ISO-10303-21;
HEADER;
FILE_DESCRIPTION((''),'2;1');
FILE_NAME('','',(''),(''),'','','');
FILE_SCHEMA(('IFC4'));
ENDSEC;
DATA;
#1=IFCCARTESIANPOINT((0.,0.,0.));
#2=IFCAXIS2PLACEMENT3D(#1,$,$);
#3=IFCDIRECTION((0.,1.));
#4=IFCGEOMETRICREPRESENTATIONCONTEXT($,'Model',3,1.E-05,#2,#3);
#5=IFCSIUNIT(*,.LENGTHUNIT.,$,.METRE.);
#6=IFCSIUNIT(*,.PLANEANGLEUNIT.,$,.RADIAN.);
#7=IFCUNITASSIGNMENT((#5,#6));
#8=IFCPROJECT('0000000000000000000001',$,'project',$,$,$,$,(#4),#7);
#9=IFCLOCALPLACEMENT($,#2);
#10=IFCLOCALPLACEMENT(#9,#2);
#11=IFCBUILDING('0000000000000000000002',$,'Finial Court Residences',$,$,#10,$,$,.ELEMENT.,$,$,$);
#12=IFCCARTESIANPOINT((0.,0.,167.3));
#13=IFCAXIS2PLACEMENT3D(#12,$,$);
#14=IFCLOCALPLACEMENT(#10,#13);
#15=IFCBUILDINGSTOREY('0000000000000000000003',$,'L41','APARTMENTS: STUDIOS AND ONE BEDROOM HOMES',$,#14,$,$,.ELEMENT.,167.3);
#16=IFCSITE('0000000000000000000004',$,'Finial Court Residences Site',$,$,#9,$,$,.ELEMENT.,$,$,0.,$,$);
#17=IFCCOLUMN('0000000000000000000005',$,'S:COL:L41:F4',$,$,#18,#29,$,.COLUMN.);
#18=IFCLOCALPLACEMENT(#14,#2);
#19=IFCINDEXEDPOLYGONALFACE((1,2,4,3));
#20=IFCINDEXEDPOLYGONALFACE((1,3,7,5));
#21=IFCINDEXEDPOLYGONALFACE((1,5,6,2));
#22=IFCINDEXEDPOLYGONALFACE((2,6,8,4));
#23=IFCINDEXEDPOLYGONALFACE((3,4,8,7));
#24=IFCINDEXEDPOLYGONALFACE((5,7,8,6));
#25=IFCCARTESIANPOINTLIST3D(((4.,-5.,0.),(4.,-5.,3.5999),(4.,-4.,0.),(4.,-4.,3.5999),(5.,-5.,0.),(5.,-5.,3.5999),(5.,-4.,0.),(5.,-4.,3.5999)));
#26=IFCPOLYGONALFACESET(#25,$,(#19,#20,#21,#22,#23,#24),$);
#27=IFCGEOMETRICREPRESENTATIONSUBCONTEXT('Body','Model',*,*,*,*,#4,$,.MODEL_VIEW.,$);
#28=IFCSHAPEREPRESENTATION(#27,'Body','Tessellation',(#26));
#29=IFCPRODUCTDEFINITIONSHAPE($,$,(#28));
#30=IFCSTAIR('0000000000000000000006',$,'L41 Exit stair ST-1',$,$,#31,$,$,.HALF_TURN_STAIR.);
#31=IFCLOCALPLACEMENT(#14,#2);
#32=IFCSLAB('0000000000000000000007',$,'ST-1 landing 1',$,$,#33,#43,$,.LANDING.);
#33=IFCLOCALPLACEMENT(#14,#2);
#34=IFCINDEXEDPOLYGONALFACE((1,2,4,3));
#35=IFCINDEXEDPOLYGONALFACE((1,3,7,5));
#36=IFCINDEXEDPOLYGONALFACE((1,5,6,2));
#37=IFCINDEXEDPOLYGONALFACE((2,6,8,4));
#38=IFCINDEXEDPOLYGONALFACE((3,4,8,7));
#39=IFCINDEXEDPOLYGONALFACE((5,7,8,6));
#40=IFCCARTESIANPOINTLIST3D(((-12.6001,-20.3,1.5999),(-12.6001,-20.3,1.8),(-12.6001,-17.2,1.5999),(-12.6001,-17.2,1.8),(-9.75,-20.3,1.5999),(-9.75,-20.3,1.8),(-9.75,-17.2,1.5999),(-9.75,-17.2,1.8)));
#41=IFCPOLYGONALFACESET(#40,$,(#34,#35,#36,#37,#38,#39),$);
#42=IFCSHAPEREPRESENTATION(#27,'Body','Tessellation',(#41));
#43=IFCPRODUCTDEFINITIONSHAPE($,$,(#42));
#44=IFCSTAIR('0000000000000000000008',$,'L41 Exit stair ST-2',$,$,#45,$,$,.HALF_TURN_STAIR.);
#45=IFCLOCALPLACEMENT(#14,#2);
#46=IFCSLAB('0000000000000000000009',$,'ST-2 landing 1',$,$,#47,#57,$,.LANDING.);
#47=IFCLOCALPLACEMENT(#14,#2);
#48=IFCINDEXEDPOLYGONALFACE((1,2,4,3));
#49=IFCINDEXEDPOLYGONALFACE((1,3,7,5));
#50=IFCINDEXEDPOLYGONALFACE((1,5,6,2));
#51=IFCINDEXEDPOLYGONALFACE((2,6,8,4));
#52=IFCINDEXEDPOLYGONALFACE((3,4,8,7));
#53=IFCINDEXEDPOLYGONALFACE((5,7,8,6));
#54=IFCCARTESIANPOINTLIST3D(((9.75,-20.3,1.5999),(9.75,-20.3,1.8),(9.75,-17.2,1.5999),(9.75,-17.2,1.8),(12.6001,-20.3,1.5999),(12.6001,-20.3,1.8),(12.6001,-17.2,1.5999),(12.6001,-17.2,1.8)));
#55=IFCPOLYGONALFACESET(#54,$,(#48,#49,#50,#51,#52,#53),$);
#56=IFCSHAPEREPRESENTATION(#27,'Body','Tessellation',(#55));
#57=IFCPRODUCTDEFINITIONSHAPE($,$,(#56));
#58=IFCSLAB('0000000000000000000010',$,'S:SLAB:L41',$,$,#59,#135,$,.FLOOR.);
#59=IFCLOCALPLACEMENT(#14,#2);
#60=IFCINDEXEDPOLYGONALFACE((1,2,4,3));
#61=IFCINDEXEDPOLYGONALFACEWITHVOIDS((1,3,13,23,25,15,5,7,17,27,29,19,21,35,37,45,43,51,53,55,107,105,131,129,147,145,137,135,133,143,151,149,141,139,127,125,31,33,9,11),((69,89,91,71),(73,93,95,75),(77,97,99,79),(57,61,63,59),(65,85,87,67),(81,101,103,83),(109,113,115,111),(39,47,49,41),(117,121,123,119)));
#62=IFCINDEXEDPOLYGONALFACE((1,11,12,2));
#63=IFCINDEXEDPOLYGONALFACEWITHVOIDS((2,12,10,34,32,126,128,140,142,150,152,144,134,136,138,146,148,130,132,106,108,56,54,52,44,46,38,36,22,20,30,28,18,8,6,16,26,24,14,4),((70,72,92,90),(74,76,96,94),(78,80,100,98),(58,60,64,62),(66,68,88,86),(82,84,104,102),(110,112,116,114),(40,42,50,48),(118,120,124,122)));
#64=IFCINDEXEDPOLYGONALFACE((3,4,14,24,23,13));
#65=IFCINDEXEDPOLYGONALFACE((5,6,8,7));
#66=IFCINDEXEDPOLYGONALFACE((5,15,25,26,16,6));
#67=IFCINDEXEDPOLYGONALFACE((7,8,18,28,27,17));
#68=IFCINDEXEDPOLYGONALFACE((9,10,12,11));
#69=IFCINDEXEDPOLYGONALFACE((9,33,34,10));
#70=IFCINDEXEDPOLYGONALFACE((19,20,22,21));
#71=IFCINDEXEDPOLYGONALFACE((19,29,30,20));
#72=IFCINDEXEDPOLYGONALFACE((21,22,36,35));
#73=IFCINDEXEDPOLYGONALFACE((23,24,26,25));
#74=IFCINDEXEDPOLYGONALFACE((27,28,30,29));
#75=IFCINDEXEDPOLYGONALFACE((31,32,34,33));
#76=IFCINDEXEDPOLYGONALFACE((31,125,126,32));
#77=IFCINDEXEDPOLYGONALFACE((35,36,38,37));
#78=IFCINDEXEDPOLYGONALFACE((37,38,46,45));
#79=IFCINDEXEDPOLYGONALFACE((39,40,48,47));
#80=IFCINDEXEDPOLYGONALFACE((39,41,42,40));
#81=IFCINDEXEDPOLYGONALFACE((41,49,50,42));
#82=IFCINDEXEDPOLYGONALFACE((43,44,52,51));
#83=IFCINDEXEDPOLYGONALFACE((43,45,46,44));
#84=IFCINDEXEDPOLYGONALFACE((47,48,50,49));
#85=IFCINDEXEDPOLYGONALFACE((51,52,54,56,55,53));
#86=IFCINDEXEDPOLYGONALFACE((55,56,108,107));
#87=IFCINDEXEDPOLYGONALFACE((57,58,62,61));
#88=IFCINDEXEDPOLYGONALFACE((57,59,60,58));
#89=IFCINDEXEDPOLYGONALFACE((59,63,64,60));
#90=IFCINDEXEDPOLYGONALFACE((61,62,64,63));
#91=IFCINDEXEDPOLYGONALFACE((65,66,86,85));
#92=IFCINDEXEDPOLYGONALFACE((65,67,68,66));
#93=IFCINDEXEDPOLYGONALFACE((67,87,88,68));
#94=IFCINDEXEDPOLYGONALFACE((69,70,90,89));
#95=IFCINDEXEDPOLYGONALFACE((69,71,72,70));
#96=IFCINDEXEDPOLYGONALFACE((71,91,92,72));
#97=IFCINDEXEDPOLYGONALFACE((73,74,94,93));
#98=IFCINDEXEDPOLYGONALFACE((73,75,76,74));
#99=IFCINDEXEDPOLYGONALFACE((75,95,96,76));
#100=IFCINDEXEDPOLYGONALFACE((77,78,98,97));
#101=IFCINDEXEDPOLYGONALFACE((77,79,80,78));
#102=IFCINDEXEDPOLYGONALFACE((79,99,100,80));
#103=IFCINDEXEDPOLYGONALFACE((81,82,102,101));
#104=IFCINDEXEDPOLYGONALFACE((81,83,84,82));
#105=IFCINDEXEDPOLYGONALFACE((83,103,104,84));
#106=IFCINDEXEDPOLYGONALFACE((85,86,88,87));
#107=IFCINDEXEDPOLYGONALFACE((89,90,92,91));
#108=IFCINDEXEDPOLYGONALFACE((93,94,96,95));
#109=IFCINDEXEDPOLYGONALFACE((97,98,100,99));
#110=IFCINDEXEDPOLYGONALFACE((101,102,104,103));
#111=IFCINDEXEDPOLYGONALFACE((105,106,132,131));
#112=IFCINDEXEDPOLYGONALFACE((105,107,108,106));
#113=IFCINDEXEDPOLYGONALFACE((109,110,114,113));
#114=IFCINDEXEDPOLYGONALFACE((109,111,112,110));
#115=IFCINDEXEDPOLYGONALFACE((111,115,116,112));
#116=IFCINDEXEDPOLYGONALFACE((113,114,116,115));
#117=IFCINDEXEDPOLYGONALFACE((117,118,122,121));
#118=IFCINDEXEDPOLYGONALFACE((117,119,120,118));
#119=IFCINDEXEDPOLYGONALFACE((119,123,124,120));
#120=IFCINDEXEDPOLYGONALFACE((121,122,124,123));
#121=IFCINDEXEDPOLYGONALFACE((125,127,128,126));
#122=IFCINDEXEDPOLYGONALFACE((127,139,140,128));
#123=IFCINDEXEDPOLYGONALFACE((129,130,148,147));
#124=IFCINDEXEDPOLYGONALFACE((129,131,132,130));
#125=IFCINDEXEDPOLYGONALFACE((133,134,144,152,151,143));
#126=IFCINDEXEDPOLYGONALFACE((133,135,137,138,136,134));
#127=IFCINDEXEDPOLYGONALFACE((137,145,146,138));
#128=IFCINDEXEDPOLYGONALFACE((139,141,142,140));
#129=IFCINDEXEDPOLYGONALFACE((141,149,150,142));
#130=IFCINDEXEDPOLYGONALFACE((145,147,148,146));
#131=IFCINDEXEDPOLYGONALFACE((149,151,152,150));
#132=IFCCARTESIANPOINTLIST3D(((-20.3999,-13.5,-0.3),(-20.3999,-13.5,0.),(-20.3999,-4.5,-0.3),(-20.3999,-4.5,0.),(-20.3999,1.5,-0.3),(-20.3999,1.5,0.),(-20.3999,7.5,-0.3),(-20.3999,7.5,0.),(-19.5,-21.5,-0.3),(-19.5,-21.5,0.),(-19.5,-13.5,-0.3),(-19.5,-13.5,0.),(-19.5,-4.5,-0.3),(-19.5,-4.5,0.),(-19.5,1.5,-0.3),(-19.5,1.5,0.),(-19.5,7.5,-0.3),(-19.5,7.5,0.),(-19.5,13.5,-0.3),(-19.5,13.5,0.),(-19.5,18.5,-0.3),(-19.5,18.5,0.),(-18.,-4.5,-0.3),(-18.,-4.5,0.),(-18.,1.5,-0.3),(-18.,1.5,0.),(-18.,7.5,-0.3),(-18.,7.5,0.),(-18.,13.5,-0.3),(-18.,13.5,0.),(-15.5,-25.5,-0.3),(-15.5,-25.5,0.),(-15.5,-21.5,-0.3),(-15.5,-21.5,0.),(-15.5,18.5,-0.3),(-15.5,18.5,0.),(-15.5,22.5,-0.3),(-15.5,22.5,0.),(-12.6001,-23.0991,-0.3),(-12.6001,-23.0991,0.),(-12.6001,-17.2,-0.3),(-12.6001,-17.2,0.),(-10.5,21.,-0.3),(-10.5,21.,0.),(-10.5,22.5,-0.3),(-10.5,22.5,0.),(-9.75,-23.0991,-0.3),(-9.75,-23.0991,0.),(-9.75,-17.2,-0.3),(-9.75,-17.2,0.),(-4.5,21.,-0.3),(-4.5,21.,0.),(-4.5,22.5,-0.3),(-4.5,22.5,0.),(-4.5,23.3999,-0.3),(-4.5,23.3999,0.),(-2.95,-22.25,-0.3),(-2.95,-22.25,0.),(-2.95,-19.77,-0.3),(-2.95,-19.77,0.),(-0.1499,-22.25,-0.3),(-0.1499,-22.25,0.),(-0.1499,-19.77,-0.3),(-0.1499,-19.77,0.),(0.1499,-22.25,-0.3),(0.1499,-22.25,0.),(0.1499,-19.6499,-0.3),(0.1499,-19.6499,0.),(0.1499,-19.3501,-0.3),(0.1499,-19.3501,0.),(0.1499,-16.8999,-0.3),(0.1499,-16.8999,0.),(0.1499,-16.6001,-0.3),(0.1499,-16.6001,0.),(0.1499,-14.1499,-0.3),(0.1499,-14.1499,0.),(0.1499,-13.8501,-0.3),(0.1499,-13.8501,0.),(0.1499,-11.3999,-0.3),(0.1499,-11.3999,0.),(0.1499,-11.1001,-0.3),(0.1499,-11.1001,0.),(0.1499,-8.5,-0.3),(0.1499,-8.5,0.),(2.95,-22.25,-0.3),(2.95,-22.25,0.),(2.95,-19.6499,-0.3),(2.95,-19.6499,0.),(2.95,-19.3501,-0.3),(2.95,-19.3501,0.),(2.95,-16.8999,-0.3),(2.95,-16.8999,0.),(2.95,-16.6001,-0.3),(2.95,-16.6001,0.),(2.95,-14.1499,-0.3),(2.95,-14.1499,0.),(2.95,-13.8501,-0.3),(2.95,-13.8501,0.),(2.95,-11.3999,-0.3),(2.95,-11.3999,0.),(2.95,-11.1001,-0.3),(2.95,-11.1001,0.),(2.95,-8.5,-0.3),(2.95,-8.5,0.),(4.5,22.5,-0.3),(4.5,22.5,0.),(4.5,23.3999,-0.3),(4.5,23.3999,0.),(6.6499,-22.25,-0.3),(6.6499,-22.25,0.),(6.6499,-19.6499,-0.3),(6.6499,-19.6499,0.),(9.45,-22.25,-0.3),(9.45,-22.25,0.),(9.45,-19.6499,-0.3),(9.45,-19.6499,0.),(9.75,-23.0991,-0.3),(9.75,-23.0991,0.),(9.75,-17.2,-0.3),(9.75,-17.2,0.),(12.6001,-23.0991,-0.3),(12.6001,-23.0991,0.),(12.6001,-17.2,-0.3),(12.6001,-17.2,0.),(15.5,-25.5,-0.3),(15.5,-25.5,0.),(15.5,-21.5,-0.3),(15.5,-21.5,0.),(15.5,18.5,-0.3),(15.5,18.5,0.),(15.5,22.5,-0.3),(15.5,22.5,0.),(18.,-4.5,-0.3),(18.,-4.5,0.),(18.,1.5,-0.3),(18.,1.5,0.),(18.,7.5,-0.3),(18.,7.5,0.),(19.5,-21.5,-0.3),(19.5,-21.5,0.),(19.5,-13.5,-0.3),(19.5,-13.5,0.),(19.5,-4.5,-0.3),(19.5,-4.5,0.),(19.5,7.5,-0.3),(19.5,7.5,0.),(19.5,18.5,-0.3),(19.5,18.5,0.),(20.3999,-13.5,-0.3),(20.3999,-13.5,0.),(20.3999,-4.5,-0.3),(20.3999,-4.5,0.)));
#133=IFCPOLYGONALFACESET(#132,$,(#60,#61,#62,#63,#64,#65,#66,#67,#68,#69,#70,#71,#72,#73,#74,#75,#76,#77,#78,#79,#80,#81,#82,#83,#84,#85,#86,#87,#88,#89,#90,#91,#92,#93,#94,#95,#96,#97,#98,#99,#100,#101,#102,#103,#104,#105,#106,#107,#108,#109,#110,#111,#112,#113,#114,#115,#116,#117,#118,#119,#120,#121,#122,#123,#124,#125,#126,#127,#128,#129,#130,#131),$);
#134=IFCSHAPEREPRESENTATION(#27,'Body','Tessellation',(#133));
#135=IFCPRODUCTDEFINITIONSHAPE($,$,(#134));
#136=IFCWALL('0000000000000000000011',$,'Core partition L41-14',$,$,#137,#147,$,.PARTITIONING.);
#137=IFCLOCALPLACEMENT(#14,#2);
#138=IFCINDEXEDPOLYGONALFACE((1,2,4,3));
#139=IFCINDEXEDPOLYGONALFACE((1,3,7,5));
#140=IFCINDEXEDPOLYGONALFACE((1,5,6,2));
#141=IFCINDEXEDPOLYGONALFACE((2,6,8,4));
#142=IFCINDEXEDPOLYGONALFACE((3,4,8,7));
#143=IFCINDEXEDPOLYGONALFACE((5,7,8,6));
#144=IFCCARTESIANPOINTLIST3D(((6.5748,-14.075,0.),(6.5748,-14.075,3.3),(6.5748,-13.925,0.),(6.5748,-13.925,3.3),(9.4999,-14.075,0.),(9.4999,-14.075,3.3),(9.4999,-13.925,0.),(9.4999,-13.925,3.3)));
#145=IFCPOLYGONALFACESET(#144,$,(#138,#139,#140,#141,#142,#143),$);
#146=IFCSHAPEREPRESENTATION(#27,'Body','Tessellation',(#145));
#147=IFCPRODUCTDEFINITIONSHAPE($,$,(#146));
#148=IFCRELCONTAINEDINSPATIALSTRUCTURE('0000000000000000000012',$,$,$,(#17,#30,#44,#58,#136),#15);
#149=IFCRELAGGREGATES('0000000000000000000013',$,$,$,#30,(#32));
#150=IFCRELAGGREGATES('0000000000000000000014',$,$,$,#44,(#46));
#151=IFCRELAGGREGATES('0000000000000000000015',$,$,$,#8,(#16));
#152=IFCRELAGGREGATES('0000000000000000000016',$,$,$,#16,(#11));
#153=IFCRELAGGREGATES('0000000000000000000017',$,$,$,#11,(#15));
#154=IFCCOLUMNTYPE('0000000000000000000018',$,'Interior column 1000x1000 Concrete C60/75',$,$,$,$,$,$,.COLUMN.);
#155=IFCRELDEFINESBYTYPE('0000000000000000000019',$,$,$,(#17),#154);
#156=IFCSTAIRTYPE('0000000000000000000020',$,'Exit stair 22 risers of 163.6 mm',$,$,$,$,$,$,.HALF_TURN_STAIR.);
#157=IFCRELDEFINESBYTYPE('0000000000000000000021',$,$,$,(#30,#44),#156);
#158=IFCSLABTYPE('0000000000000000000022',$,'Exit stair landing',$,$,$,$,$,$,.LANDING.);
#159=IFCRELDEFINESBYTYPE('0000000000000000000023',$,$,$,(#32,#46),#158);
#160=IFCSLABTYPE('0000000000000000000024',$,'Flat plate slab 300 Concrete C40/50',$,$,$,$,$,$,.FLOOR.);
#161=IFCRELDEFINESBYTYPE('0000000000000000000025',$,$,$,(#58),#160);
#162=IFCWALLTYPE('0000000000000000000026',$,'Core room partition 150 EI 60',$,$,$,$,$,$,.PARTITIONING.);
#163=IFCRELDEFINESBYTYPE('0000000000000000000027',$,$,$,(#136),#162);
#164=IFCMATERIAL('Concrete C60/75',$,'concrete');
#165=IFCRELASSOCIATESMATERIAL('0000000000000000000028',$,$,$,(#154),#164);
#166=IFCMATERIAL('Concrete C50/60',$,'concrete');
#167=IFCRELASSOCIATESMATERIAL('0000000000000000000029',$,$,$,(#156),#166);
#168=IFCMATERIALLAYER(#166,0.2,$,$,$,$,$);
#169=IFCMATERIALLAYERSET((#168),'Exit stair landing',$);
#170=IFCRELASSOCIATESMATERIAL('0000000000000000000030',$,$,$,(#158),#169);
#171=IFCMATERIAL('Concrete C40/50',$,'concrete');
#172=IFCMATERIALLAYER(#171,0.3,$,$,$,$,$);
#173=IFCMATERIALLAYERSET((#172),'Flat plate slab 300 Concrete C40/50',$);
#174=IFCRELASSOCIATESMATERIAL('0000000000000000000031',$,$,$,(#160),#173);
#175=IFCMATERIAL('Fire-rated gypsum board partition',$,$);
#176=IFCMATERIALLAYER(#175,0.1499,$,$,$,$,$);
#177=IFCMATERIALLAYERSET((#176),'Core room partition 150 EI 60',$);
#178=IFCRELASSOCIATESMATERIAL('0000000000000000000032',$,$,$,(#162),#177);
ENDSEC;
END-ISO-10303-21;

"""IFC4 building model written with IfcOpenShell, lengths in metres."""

from ifc_helpers import new_model, si_unit, direction, frame, frame_2d, origin, origin_2d, place, context, subcontext, project, spatial, polyline, rectangle, outline, extrude, material, layer, layer_set, material_profile, profile_set, type_object, element, aggregate, save


model = new_model("IFC4")

# Units and contexts
model_context = context("Model", 3, precision=1e-05, world=origin(), true_north=direction((0.0, 1.0)))
body_context = subcontext(model_context, "Body", "Model", "MODEL_VIEW")
ifc_project = project(units=[si_unit("LENGTHUNIT", "METRE"), si_unit("PLANEANGLEUNIT", "RADIAN")], contexts=[model_context])

# Site, building, storey
site_placement = place(None, origin())
site = spatial("IfcSite", under=ifc_project, at=site_placement, Name="Finial Court Residences Site", CompositionType="ELEMENT", RefElevation=0.0)
building_placement = place(site_placement, origin())
building = spatial("IfcBuilding", under=site, at=building_placement, Name="Finial Court Residences", CompositionType="ELEMENT")
storey_placement = place(building_placement, frame((0.0, 0.0, 167.3)))
storey = spatial("IfcBuildingStorey", under=building, at=storey_placement, Name="L41", Description="APARTMENTS: STUDIOS AND ONE BEDROOM HOMES", CompositionType="ELEMENT", Elevation=167.3)

# Column
ifc_material_1 = material(Name="Concrete C60/75", Category="concrete")
ifc_material_profile = material_profile(ifc_material_1, rectangle(XDim=1.0, YDim=1.0, at=origin_2d()), Name="1000x1000")
ifc_profile_set = profile_set([ifc_material_profile], Name="Concrete C60/75")
column_type = type_object("IfcColumnType", Name="Interior column 1000x1000 Concrete C60/75", PredefinedType="COLUMN", material=ifc_profile_set)
column_placement = place(storey_placement, frame((4.5, -4.5, 0.0), z_axis=(0.0, 0.0, 1.0), x_axis=(1.0, 0.0, 0.0)))
element("IfcColumn", 1, at=column_placement, inside=storey, type_object=column_type, Name="S:COL:L41:F4", PredefinedType="COLUMN", context=body_context, shape_type="SweptSolid", body=[
    extrude(rectangle(XDim=1.0, YDim=1.0, at=origin_2d()), origin(), (0.0, 0.0, 1.0), 3.5999),
])

# Stairs, slabs
ifc_material_2 = material(Name="Concrete C50/60", Category="concrete")
stair_type = type_object("IfcStairType", Name="Exit stair 22 risers of 163.6 mm", PredefinedType="HALF_TURN_STAIR", material=ifc_material_2)
stair_1_placement = place(storey_placement, origin())
stair_1 = element("IfcStair", 2, at=stair_1_placement, inside=storey, type_object=stair_type, Name="L41 Exit stair ST-1", PredefinedType="HALF_TURN_STAIR")
ifc_layer_1 = layer(ifc_material_2, 0.2)
ifc_layer_set_1 = layer_set([ifc_layer_1], Name="Exit stair landing")
slab_type_1 = type_object("IfcSlabType", Name="Exit stair landing", PredefinedType="LANDING", material=ifc_layer_set_1)
slab_1_placement = place(storey_placement, frame((0.0, 0.0, 1.5999)))
slab_1 = element("IfcSlab", 3, at=slab_1_placement, type_object=slab_type_1, Name="ST-1 landing 1", PredefinedType="LANDING", context=body_context, shape_type="SweptSolid", body=[
    extrude(outline(polyline([(-9.75, -20.3), (-9.75, -17.2), (-12.6001, -17.2), (-12.6001, -20.3), (-9.75, -20.3)])), origin(), (0.0, 0.0, 1.0), 0.2002),
])
aggregate(stair_1, [slab_1])
stair_2_placement = place(storey_placement, origin())
stair_2 = element("IfcStair", 4, at=stair_2_placement, inside=storey, type_object=stair_type, Name="L41 Exit stair ST-2", PredefinedType="HALF_TURN_STAIR")
slab_2_placement = place(storey_placement, frame((0.0, 0.0, 1.5999)))
slab_2 = element("IfcSlab", 5, at=slab_2_placement, type_object=slab_type_1, Name="ST-2 landing 1", PredefinedType="LANDING", context=body_context, shape_type="SweptSolid", body=[
    extrude(outline(polyline([(12.6001, -20.3), (12.6001, -17.2), (9.75, -17.2), (9.75, -20.3), (12.6001, -20.3)])), origin(), (0.0, 0.0, 1.0), 0.2002),
])
aggregate(stair_2, [slab_2])

# Slab
ifc_material_3 = material(Name="Concrete C40/50", Category="concrete")
ifc_layer_2 = layer(ifc_material_3, 0.3)
ifc_layer_set_2 = layer_set([ifc_layer_2], Name="Flat plate slab 300 Concrete C40/50")
slab_type_2 = type_object("IfcSlabType", Name="Flat plate slab 300 Concrete C40/50", PredefinedType="FLOOR", material=ifc_layer_set_2)
slab_3_placement = place(storey_placement, frame((0.0, 0.0, -0.3)))
element("IfcSlab", 6, at=slab_3_placement, inside=storey, type_object=slab_type_2, Name="S:SLAB:L41", PredefinedType="FLOOR", context=body_context, shape_type="SweptSolid", body=[
    extrude(outline(polyline([(-20.3999, -13.5), (-20.3999, -4.5), (-19.5, -4.5), (-18.0, -4.5), (-18.0, 1.5), (-19.5, 1.5), (-20.3999, 1.5), (-20.3999, 7.5), (-19.5, 7.5), (-18.0, 7.5), (-18.0, 13.5), (-19.5, 13.5), (-19.5, 18.5), (-15.5, 18.5), (-15.5, 22.5), (-10.5, 22.5), (-10.5, 21.0), (-4.5, 21.0), (-4.5, 22.5), (-4.5, 23.3999), (4.5, 23.3999), (4.5, 22.5), (15.5, 22.5), (15.5, 18.5), (19.5, 18.5), (19.5, 7.5), (18.0, 7.5), (18.0, 1.5), (18.0, -4.5), (19.5, -4.5), (20.3999, -4.5), (20.3999, -13.5), (19.5, -13.5), (19.5, -21.5), (15.5, -21.5), (15.5, -25.5), (-15.5, -25.5), (-15.5, -21.5), (-19.5, -21.5), (-19.5, -13.5), (-20.3999, -13.5)]), holes=[polyline([(-0.1499, -19.77), (-2.95, -19.77), (-2.95, -22.25), (-0.1499, -22.25), (-0.1499, -19.77)]), polyline([(2.95, -19.6499), (0.1499, -19.6499), (0.1499, -22.25), (2.95, -22.25), (2.95, -19.6499)]), polyline([(9.45, -19.6499), (6.6499, -19.6499), (6.6499, -22.25), (9.45, -22.25), (9.45, -19.6499)]), polyline([(-12.6001, -17.2), (-12.6001, -23.0991), (-9.75, -23.0991), (-9.75, -17.2), (-12.6001, -17.2)]), polyline([(9.75, -17.2), (9.75, -23.0991), (12.6001, -23.0991), (12.6001, -17.2), (9.75, -17.2)]), polyline([(2.95, -16.8999), (0.1499, -16.8999), (0.1499, -19.3501), (2.95, -19.3501), (2.95, -16.8999)]), polyline([(2.95, -14.1499), (0.1499, -14.1499), (0.1499, -16.6001), (2.95, -16.6001), (2.95, -14.1499)]), polyline([(2.95, -13.8501), (2.95, -11.3999), (0.1499, -11.3999), (0.1499, -13.8501), (2.95, -13.8501)]), polyline([(2.95, -11.1001), (2.95, -8.5), (0.1499, -8.5), (0.1499, -11.1001), (2.95, -11.1001)])]), origin(), (0.0, 0.0, 1.0), 0.3),
])

# Wall
ifc_material_4 = material(Name="Fire-rated gypsum board partition")
ifc_layer_3 = layer(ifc_material_4, 0.1499)
ifc_layer_set_3 = layer_set([ifc_layer_3], Name="Core room partition 150 EI 60")
wall_type_1 = type_object("IfcWallType", Name="Core room partition 150 EI 60", PredefinedType="PARTITIONING", material=ifc_layer_set_3)
wall_1_placement = place(storey_placement, frame((6.575, -14.0, 0.0), z_axis=(0.0, 0.0, 1.0), x_axis=(1.0, 0.0, 0.0)))
element("IfcWall", 7, at=wall_1_placement, inside=storey, type_object=wall_type_1, Name="Core partition L41-14", PredefinedType="PARTITIONING", context=body_context, shape_type="SweptSolid", body=[
    extrude(rectangle(XDim=2.925, YDim=0.1499, at=frame_2d((1.4624, 0.0))), origin(), (0.0, 0.0, 1.0), 3.3),
])

save(model, "model.ifc")
